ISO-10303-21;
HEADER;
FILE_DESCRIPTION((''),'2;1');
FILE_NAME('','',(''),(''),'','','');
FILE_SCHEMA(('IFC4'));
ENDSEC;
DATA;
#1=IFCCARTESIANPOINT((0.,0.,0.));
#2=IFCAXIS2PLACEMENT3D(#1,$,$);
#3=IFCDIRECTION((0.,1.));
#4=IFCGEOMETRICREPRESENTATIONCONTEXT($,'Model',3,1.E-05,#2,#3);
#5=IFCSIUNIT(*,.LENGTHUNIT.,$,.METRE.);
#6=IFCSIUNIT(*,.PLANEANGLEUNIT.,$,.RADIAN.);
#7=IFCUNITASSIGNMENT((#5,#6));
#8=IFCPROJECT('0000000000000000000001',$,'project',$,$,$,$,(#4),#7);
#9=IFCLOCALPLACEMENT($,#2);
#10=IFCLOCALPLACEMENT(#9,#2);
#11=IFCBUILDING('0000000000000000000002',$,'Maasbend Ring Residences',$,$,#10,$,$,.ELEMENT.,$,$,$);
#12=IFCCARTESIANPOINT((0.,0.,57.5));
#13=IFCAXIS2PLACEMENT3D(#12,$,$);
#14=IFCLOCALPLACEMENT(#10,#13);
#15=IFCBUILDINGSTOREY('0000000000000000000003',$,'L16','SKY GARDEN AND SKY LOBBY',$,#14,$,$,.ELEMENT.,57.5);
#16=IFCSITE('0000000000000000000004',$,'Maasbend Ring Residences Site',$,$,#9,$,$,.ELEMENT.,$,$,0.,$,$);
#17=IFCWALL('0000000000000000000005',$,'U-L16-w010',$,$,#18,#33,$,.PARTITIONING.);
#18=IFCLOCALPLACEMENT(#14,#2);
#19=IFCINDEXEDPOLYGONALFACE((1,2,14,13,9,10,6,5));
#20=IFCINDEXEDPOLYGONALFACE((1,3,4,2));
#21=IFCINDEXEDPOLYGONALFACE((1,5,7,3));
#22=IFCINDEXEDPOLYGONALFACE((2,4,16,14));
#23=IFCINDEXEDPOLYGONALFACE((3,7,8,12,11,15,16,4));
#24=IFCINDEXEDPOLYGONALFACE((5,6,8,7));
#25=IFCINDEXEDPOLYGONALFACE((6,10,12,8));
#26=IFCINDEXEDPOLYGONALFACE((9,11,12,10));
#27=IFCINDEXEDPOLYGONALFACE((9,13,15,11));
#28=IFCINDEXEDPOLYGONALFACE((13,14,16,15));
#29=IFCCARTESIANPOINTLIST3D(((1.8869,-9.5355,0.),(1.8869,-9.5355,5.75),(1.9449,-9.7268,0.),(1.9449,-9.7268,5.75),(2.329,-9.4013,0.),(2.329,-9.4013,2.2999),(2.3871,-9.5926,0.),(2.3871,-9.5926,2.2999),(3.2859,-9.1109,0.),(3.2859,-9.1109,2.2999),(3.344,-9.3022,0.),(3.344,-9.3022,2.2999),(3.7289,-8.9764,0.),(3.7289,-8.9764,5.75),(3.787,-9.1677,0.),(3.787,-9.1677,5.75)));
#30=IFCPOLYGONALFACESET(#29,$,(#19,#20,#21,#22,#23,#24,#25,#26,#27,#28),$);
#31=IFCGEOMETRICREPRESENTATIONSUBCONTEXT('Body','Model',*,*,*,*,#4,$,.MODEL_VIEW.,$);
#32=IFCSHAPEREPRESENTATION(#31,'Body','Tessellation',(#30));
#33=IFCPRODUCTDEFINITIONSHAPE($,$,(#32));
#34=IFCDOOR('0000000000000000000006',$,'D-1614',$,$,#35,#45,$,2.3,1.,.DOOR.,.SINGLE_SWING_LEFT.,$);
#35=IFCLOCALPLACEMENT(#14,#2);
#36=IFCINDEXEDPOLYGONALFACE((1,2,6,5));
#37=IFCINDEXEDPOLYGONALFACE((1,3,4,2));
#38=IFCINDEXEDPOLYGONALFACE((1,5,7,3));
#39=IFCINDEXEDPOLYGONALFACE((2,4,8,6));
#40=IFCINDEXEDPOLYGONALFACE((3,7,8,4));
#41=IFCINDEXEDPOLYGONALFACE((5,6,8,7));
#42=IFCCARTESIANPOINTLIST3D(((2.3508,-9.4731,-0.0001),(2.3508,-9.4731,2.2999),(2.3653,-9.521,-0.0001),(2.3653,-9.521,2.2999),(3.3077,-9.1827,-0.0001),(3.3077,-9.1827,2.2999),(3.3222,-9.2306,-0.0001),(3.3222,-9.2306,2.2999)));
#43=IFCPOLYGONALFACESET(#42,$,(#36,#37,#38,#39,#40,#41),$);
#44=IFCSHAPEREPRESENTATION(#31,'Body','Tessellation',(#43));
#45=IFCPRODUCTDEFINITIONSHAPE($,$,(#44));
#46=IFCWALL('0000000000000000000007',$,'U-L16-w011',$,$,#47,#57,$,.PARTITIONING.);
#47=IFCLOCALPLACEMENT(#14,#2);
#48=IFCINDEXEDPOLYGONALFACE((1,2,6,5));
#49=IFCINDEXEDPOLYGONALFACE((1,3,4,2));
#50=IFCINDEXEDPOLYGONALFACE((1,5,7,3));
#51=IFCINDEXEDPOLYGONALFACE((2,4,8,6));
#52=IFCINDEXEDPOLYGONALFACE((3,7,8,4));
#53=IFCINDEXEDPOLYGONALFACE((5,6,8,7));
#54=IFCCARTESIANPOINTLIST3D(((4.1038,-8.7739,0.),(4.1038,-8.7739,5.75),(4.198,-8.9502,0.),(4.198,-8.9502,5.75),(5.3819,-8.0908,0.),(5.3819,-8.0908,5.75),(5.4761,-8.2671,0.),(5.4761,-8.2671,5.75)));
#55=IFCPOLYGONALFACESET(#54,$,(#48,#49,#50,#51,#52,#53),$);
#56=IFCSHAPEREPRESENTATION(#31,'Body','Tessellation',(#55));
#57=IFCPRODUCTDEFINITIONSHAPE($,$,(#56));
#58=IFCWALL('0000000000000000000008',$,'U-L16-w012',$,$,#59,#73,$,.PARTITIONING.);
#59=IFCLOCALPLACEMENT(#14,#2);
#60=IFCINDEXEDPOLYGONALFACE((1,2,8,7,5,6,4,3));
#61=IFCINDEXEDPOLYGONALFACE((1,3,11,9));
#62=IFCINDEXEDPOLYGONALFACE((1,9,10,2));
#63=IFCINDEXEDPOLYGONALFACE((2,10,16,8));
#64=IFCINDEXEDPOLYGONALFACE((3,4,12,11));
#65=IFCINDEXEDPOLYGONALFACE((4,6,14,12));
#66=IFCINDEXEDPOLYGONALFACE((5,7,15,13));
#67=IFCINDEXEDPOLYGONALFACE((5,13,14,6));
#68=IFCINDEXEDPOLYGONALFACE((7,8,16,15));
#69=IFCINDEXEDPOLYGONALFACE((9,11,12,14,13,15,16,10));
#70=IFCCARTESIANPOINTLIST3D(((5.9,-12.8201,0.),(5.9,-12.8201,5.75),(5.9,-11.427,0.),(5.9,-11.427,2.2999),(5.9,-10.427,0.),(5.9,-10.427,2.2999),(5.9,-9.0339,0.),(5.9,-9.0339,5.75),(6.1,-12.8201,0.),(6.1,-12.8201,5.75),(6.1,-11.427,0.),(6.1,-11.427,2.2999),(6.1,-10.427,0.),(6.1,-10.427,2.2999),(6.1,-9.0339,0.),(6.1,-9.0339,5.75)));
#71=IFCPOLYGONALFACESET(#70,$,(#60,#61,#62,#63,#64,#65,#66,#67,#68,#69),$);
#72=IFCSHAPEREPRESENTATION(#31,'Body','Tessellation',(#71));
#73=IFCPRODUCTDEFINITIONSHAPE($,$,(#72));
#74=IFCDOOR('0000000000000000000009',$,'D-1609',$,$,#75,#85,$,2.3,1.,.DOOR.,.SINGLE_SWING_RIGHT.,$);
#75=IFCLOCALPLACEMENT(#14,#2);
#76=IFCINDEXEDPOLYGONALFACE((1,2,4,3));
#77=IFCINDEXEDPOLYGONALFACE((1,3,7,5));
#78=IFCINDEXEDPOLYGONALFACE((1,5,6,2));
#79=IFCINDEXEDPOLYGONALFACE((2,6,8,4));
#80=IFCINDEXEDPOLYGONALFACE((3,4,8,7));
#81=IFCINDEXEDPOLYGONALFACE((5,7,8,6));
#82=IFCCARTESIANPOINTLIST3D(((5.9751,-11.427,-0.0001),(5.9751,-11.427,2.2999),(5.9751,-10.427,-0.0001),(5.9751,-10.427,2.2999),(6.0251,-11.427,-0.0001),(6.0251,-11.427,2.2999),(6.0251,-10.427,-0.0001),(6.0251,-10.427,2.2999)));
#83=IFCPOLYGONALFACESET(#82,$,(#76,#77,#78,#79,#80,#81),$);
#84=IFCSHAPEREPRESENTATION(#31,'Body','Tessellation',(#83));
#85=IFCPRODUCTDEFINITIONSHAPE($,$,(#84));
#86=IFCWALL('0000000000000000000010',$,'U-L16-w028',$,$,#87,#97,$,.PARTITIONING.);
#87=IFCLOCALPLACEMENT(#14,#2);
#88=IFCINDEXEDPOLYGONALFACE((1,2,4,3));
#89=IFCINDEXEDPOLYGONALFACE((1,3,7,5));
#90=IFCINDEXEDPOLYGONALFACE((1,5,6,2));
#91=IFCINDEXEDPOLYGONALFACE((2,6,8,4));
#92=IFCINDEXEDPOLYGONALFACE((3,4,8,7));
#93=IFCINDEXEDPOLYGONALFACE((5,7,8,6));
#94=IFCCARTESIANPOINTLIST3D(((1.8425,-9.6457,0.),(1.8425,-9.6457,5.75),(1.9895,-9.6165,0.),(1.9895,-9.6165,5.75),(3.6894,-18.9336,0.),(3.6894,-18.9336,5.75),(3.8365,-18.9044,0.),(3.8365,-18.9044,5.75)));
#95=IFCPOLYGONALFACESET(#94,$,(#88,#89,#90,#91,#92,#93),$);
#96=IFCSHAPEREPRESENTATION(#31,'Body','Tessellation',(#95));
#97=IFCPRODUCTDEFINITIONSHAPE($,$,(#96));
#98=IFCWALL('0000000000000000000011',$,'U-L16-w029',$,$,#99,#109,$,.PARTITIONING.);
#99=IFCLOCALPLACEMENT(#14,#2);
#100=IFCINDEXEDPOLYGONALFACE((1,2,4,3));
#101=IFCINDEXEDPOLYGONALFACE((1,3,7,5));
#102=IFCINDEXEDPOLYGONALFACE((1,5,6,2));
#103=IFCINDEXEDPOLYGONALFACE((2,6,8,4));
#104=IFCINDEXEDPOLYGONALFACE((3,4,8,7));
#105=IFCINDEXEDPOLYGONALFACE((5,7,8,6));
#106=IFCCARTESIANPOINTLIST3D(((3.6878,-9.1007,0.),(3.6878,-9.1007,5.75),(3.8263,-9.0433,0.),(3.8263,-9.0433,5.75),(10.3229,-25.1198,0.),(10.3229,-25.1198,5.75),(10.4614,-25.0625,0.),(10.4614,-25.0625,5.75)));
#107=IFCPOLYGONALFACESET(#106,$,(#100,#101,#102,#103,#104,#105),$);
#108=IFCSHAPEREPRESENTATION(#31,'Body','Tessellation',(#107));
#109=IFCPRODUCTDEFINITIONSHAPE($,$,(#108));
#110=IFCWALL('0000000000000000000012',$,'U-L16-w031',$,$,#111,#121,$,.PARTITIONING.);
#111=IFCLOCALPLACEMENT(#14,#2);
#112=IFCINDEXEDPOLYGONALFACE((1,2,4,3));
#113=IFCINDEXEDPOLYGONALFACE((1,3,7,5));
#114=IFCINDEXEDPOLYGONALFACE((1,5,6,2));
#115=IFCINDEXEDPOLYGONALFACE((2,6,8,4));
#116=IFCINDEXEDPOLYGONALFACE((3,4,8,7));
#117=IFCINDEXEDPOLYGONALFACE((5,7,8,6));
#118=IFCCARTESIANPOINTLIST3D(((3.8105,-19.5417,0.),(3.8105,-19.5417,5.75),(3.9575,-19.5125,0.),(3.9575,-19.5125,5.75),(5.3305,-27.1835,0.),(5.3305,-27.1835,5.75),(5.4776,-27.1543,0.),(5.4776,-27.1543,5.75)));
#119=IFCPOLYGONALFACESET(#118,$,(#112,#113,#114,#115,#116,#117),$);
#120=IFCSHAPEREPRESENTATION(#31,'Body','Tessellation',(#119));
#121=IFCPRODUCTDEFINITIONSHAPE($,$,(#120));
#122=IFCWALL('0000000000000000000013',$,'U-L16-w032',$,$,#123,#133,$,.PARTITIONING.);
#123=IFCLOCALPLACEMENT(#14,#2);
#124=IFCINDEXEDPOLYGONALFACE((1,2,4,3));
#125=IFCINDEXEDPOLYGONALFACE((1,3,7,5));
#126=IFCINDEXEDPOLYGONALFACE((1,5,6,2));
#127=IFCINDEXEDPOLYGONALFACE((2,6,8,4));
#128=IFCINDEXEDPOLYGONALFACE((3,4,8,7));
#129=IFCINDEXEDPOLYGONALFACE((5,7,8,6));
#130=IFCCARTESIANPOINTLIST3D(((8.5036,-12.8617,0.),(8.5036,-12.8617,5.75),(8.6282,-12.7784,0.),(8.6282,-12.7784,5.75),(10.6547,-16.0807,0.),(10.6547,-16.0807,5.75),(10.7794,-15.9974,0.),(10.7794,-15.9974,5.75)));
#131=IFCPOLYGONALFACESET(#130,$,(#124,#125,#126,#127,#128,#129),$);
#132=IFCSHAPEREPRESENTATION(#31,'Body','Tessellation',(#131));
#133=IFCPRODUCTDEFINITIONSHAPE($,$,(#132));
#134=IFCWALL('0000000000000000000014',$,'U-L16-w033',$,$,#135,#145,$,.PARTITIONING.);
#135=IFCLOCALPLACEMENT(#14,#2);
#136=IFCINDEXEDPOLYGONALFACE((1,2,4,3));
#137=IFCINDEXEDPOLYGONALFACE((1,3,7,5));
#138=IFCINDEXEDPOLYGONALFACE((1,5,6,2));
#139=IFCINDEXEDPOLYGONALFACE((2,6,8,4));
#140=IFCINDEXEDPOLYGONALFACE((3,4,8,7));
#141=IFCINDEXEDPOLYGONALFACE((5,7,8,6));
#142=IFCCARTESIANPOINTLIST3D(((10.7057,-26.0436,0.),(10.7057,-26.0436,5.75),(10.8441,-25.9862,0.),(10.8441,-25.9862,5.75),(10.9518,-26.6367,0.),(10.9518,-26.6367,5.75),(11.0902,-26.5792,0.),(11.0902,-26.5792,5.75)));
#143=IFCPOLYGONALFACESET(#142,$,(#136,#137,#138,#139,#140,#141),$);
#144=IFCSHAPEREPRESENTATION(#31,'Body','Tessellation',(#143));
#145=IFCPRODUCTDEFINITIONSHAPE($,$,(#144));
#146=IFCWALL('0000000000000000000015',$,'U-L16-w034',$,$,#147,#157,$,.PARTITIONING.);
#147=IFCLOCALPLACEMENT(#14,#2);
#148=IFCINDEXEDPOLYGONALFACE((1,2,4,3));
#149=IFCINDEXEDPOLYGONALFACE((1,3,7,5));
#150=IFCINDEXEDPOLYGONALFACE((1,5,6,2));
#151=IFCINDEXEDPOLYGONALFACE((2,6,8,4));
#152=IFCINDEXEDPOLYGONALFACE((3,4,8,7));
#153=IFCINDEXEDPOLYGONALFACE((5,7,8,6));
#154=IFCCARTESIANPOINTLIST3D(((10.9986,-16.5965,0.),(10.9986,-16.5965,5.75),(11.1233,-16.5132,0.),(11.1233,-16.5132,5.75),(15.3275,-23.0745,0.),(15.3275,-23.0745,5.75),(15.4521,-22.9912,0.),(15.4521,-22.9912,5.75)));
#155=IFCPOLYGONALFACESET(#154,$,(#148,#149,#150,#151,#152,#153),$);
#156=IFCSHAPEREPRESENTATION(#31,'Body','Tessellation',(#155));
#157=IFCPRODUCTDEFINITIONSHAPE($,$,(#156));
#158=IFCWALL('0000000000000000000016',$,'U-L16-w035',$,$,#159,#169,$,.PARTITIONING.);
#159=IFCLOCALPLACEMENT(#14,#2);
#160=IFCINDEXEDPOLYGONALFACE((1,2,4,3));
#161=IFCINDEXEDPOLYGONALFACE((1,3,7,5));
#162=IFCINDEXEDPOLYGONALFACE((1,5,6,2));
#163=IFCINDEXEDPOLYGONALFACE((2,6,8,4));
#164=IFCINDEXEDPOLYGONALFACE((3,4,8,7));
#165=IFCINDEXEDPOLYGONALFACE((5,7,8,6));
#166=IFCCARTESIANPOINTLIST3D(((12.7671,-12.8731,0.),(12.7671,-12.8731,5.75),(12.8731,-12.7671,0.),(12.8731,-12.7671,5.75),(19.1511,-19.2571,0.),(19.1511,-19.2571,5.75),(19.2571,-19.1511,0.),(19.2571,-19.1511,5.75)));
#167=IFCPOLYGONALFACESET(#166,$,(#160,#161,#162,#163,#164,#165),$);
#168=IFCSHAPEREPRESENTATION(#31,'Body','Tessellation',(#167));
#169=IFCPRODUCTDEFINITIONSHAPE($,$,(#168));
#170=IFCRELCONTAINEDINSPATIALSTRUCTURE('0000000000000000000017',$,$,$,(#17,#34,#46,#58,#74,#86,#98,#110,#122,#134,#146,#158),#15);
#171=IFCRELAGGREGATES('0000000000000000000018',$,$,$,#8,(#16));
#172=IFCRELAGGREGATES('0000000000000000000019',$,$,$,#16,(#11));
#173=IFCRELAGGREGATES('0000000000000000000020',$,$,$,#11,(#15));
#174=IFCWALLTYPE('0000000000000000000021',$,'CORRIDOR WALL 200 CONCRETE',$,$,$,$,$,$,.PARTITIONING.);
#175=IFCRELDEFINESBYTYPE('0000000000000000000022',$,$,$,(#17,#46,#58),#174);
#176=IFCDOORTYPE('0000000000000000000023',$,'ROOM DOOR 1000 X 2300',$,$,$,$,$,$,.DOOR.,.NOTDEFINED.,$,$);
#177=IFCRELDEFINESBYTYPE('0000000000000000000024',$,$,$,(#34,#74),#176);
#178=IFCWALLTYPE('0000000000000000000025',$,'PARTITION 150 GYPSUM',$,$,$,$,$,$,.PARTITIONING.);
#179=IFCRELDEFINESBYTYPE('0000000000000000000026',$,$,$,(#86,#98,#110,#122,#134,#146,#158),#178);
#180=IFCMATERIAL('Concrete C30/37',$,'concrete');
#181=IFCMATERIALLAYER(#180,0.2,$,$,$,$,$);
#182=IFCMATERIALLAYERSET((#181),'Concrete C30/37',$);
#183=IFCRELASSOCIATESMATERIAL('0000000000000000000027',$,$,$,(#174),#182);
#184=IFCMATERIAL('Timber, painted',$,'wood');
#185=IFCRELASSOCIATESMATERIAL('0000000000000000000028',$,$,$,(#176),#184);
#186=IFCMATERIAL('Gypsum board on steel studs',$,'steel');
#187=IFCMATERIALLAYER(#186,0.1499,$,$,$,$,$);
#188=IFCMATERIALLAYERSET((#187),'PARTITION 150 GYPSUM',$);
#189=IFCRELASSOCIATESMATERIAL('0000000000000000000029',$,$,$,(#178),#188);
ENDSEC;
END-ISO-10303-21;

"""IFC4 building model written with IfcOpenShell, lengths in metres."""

from ifc_helpers import new_model, si_unit, direction, frame, frame_2d, origin, place, context, subcontext, project, spatial, rectangle, extrude, material, layer, layer_set, type_object, element, fill, save


model = new_model("IFC4")

# Units and contexts
model_context = context("Model", 3, precision=1e-05, world=origin(), true_north=direction((0.0, 1.0)))
body_context = subcontext(model_context, "Body", "Model", "MODEL_VIEW")
ifc_project = project(units=[si_unit("LENGTHUNIT", "METRE"), si_unit("PLANEANGLEUNIT", "RADIAN")], contexts=[model_context])

# Site, building, storey
site_placement = place(None, origin())
site = spatial("IfcSite", under=ifc_project, at=site_placement, Name="Maasbend Ring Residences Site", CompositionType="ELEMENT", RefElevation=0.0)
building_placement = place(site_placement, origin())
building = spatial("IfcBuilding", under=site, at=building_placement, Name="Maasbend Ring Residences", CompositionType="ELEMENT")
storey_placement = place(building_placement, frame((0.0, 0.0, 57.5)))
storey = spatial("IfcBuildingStorey", under=building, at=storey_placement, Name="L16", Description="SKY GARDEN AND SKY LOBBY", CompositionType="ELEMENT", Elevation=57.5)

# Shared definitions
ifc_material_1 = material(Name="Concrete C30/37", Category="concrete")
ifc_layer_1 = layer(ifc_material_1, 0.2)
ifc_layer_set_1 = layer_set([ifc_layer_1], Name="Concrete C30/37")
wall_type_1 = type_object("IfcWallType", Name="CORRIDOR WALL 200 CONCRETE", PredefinedType="PARTITIONING", material=ifc_layer_set_1)
ifc_material_2 = material(Name="Timber, painted", Category="wood")
door_type_1 = type_object("IfcDoorType", Name="ROOM DOOR 1000 X 2300", OperationType="NOTDEFINED", PredefinedType="DOOR", material=ifc_material_2)

# Wall, opening, door
wall_1_placement = place(storey_placement, frame((1.916, -9.6311, 0.0), z_axis=(0.0, 0.0, 1.0), x_axis=(0.956896, 0.29043, 0.0)))
wall_1 = element("IfcWall", 1, at=wall_1_placement, inside=storey, type_object=wall_type_1, Name="U-L16-w010", PredefinedType="PARTITIONING", context=body_context, shape_type="SweptSolid", body=[
    extrude(rectangle(XDim=1.925, YDim=0.2, at=frame_2d((0.9624, 0.0))), origin(), (0.0, 0.0, 1.0), 5.75),
])
opening_1_placement = place(wall_1_placement, frame((0.4619, 0.0, 0.0)))
opening_1 = element("IfcOpeningElement", 2, at=opening_1_placement, cuts=wall_1, PredefinedType="OPENING", context=body_context, shape_type="SweptSolid", body=[
    extrude(rectangle(XDim=1.0, YDim=2.3, at=frame_2d((0.5, 1.1499))), frame((0.0, 0.1099, 0.0), z_axis=(0.0, -1.0, 0.0), x_axis=(1.0, 0.0, 0.0)), (0.0, 0.0, 1.0), 0.22),
])
door_1_placement = place(opening_1_placement, origin())
door_1 = element("IfcDoor", 3, at=door_1_placement, inside=storey, type_object=door_type_1, Name="D-1614", OperationType="SINGLE_SWING_LEFT", OverallHeight=2.3, OverallWidth=1.0, PredefinedType="DOOR", context=body_context, shape_type="SweptSolid", body=[
    extrude(rectangle(XDim=1.0, YDim=2.3, at=frame_2d((0.5, 1.1499))), frame((0.0, 0.0249, 0.0), z_axis=(0.0, -1.0, 0.0), x_axis=(1.0, 0.0, 0.0)), (0.0, 0.0, 1.0), 0.05),
])
fill(opening_1, door_1)

# Wall
wall_2_placement = place(storey_placement, frame((4.1509, -8.8621, 0.0), z_axis=(0.0, 0.0, 1.0), x_axis=(0.881933, 0.471375, 0.0)))
element("IfcWall", 4, at=wall_2_placement, inside=storey, type_object=wall_type_1, Name="U-L16-w011", PredefinedType="PARTITIONING", context=body_context, shape_type="SweptSolid", body=[
    extrude(rectangle(XDim=1.4492, YDim=0.2, at=frame_2d((0.7246, 0.0))), origin(), (0.0, 0.0, 1.0), 5.75),
])

# Wall, opening, door
wall_3_placement = place(storey_placement, frame((6.0, -12.8201, 0.0), z_axis=(0.0, 0.0, 1.0), x_axis=(0.0, 1.0, 0.0)))
wall_3 = element("IfcWall", 5, at=wall_3_placement, inside=storey, type_object=wall_type_1, Name="U-L16-w012", PredefinedType="PARTITIONING", context=body_context, shape_type="SweptSolid", body=[
    extrude(rectangle(XDim=3.7861, YDim=0.2, at=frame_2d((1.8931, 0.0))), origin(), (0.0, 0.0, 1.0), 5.75),
])
opening_2_placement = place(wall_3_placement, frame((1.3931, 0.0, 0.0)))
opening_2 = element("IfcOpeningElement", 6, at=opening_2_placement, cuts=wall_3, PredefinedType="OPENING", context=body_context, shape_type="SweptSolid", body=[
    extrude(rectangle(XDim=1.0, YDim=2.3, at=frame_2d((0.5, 1.1499))), frame((0.0, 0.1099, 0.0), z_axis=(0.0, -1.0, 0.0), x_axis=(1.0, 0.0, 0.0)), (0.0, 0.0, 1.0), 0.22),
])
door_2_placement = place(opening_2_placement, origin())
door_2 = element("IfcDoor", 7, at=door_2_placement, inside=storey, type_object=door_type_1, Name="D-1609", OperationType="SINGLE_SWING_RIGHT", OverallHeight=2.3, OverallWidth=1.0, PredefinedType="DOOR", context=body_context, shape_type="SweptSolid", body=[
    extrude(rectangle(XDim=1.0, YDim=2.3, at=frame_2d((0.5, 1.1499))), frame((0.0, 0.0249, 0.0), z_axis=(0.0, -1.0, 0.0), x_axis=(1.0, 0.0, 0.0)), (0.0, 0.0, 1.0), 0.05),
])
fill(opening_2, door_2)

# Walls
ifc_material_3 = material(Name="Gypsum board on steel studs", Category="steel")
ifc_layer_2 = layer(ifc_material_3, 0.1499)
ifc_layer_set_2 = layer_set([ifc_layer_2], Name="PARTITION 150 GYPSUM")
wall_type_2 = type_object("IfcWallType", Name="PARTITION 150 GYPSUM", PredefinedType="PARTITIONING", material=ifc_layer_set_2)
wall_4_placement = place(storey_placement, frame((1.916, -9.6311, 0.0), z_axis=(0.0, 0.0, 1.0), x_axis=(0.195035, -0.980796, 0.0)))
element("IfcWall", 8, at=wall_4_placement, inside=storey, type_object=wall_type_2, Name="U-L16-w028", PredefinedType="PARTITIONING", context=body_context, shape_type="SweptSolid", body=[
    extrude(rectangle(XDim=9.4697, YDim=0.1499, at=frame_2d((4.7349, 0.0))), origin(), (0.0, 0.0, 1.0), 5.75),
])
wall_5_placement = place(storey_placement, frame((3.7571, -9.072, 0.0), z_axis=(0.0, 0.0, 1.0), x_axis=(0.382669, -0.923886, 0.0)))
element("IfcWall", 9, at=wall_5_placement, inside=storey, type_object=wall_type_2, Name="U-L16-w029", PredefinedType="PARTITIONING", context=body_context, shape_type="SweptSolid", body=[
    extrude(rectangle(XDim=17.3389, YDim=0.1499, at=frame_2d((8.6694, 0.0))), origin(), (0.0, 0.0, 1.0), 5.75),
])
wall_6_placement = place(storey_placement, frame((3.884, -19.5271, 0.0), z_axis=(0.0, 0.0, 1.0), x_axis=(0.195086, -0.980786, 0.0)))
element("IfcWall", 10, at=wall_6_placement, inside=storey, type_object=wall_type_2, Name="U-L16-w031", PredefinedType="PARTITIONING", context=body_context, shape_type="SweptSolid", body=[
    extrude(rectangle(XDim=7.7915, YDim=0.1499, at=frame_2d((3.8958, 0.0))), origin(), (0.0, 0.0, 1.0), 5.75),
])
wall_7_placement = place(storey_placement, frame((8.5659, -12.8201, 0.0), z_axis=(0.0, 0.0, 1.0), x_axis=(0.555617, -0.831439, 0.0)))
element("IfcWall", 11, at=wall_7_placement, inside=storey, type_object=wall_type_2, Name="U-L16-w032", PredefinedType="PARTITIONING", context=body_context, shape_type="SweptSolid", body=[
    extrude(rectangle(XDim=3.8716, YDim=0.1499, at=frame_2d((1.9358, 0.0))), origin(), (0.0, 0.0, 1.0), 5.75),
])
wall_8_placement = place(storey_placement, frame((10.7749, -26.0149, 0.0), z_axis=(0.0, 0.0, 1.0), x_axis=(0.383292, -0.923627, 0.0)))
element("IfcWall", 12, at=wall_8_placement, inside=storey, type_object=wall_type_2, Name="U-L16-w033", PredefinedType="PARTITIONING", context=body_context, shape_type="SweptSolid", body=[
    extrude(rectangle(XDim=0.6421, YDim=0.1499, at=frame_2d((0.321, 0.0))), origin(), (0.0, 0.0, 1.0), 5.75),
])
wall_9_placement = place(storey_placement, frame((11.061, -16.5549, 0.0), z_axis=(0.0, 0.0, 1.0), x_axis=(0.555604, -0.831447, 0.0)))
element("IfcWall", 13, at=wall_9_placement, inside=storey, type_object=wall_type_2, Name="U-L16-w034", PredefinedType="PARTITIONING", context=body_context, shape_type="SweptSolid", body=[
    extrude(rectangle(XDim=7.7913, YDim=0.1499, at=frame_2d((3.8955, 0.0))), origin(), (0.0, 0.0, 1.0), 5.75),
])
wall_10_placement = place(storey_placement, frame((12.8201, -12.8201, 0.0), z_axis=(0.0, 0.0, 1.0), x_axis=(0.707107, -0.707107, 0.0)))
element("IfcWall", 14, at=wall_10_placement, inside=storey, type_object=wall_type_2, Name="U-L16-w035", PredefinedType="PARTITIONING", context=body_context, shape_type="SweptSolid", body=[
    extrude(rectangle(XDim=9.0283, YDim=0.1499, at=frame_2d((4.5142, 0.0))), origin(), (0.0, 0.0, 1.0), 5.75),
])

save(model, "model.ifc")
